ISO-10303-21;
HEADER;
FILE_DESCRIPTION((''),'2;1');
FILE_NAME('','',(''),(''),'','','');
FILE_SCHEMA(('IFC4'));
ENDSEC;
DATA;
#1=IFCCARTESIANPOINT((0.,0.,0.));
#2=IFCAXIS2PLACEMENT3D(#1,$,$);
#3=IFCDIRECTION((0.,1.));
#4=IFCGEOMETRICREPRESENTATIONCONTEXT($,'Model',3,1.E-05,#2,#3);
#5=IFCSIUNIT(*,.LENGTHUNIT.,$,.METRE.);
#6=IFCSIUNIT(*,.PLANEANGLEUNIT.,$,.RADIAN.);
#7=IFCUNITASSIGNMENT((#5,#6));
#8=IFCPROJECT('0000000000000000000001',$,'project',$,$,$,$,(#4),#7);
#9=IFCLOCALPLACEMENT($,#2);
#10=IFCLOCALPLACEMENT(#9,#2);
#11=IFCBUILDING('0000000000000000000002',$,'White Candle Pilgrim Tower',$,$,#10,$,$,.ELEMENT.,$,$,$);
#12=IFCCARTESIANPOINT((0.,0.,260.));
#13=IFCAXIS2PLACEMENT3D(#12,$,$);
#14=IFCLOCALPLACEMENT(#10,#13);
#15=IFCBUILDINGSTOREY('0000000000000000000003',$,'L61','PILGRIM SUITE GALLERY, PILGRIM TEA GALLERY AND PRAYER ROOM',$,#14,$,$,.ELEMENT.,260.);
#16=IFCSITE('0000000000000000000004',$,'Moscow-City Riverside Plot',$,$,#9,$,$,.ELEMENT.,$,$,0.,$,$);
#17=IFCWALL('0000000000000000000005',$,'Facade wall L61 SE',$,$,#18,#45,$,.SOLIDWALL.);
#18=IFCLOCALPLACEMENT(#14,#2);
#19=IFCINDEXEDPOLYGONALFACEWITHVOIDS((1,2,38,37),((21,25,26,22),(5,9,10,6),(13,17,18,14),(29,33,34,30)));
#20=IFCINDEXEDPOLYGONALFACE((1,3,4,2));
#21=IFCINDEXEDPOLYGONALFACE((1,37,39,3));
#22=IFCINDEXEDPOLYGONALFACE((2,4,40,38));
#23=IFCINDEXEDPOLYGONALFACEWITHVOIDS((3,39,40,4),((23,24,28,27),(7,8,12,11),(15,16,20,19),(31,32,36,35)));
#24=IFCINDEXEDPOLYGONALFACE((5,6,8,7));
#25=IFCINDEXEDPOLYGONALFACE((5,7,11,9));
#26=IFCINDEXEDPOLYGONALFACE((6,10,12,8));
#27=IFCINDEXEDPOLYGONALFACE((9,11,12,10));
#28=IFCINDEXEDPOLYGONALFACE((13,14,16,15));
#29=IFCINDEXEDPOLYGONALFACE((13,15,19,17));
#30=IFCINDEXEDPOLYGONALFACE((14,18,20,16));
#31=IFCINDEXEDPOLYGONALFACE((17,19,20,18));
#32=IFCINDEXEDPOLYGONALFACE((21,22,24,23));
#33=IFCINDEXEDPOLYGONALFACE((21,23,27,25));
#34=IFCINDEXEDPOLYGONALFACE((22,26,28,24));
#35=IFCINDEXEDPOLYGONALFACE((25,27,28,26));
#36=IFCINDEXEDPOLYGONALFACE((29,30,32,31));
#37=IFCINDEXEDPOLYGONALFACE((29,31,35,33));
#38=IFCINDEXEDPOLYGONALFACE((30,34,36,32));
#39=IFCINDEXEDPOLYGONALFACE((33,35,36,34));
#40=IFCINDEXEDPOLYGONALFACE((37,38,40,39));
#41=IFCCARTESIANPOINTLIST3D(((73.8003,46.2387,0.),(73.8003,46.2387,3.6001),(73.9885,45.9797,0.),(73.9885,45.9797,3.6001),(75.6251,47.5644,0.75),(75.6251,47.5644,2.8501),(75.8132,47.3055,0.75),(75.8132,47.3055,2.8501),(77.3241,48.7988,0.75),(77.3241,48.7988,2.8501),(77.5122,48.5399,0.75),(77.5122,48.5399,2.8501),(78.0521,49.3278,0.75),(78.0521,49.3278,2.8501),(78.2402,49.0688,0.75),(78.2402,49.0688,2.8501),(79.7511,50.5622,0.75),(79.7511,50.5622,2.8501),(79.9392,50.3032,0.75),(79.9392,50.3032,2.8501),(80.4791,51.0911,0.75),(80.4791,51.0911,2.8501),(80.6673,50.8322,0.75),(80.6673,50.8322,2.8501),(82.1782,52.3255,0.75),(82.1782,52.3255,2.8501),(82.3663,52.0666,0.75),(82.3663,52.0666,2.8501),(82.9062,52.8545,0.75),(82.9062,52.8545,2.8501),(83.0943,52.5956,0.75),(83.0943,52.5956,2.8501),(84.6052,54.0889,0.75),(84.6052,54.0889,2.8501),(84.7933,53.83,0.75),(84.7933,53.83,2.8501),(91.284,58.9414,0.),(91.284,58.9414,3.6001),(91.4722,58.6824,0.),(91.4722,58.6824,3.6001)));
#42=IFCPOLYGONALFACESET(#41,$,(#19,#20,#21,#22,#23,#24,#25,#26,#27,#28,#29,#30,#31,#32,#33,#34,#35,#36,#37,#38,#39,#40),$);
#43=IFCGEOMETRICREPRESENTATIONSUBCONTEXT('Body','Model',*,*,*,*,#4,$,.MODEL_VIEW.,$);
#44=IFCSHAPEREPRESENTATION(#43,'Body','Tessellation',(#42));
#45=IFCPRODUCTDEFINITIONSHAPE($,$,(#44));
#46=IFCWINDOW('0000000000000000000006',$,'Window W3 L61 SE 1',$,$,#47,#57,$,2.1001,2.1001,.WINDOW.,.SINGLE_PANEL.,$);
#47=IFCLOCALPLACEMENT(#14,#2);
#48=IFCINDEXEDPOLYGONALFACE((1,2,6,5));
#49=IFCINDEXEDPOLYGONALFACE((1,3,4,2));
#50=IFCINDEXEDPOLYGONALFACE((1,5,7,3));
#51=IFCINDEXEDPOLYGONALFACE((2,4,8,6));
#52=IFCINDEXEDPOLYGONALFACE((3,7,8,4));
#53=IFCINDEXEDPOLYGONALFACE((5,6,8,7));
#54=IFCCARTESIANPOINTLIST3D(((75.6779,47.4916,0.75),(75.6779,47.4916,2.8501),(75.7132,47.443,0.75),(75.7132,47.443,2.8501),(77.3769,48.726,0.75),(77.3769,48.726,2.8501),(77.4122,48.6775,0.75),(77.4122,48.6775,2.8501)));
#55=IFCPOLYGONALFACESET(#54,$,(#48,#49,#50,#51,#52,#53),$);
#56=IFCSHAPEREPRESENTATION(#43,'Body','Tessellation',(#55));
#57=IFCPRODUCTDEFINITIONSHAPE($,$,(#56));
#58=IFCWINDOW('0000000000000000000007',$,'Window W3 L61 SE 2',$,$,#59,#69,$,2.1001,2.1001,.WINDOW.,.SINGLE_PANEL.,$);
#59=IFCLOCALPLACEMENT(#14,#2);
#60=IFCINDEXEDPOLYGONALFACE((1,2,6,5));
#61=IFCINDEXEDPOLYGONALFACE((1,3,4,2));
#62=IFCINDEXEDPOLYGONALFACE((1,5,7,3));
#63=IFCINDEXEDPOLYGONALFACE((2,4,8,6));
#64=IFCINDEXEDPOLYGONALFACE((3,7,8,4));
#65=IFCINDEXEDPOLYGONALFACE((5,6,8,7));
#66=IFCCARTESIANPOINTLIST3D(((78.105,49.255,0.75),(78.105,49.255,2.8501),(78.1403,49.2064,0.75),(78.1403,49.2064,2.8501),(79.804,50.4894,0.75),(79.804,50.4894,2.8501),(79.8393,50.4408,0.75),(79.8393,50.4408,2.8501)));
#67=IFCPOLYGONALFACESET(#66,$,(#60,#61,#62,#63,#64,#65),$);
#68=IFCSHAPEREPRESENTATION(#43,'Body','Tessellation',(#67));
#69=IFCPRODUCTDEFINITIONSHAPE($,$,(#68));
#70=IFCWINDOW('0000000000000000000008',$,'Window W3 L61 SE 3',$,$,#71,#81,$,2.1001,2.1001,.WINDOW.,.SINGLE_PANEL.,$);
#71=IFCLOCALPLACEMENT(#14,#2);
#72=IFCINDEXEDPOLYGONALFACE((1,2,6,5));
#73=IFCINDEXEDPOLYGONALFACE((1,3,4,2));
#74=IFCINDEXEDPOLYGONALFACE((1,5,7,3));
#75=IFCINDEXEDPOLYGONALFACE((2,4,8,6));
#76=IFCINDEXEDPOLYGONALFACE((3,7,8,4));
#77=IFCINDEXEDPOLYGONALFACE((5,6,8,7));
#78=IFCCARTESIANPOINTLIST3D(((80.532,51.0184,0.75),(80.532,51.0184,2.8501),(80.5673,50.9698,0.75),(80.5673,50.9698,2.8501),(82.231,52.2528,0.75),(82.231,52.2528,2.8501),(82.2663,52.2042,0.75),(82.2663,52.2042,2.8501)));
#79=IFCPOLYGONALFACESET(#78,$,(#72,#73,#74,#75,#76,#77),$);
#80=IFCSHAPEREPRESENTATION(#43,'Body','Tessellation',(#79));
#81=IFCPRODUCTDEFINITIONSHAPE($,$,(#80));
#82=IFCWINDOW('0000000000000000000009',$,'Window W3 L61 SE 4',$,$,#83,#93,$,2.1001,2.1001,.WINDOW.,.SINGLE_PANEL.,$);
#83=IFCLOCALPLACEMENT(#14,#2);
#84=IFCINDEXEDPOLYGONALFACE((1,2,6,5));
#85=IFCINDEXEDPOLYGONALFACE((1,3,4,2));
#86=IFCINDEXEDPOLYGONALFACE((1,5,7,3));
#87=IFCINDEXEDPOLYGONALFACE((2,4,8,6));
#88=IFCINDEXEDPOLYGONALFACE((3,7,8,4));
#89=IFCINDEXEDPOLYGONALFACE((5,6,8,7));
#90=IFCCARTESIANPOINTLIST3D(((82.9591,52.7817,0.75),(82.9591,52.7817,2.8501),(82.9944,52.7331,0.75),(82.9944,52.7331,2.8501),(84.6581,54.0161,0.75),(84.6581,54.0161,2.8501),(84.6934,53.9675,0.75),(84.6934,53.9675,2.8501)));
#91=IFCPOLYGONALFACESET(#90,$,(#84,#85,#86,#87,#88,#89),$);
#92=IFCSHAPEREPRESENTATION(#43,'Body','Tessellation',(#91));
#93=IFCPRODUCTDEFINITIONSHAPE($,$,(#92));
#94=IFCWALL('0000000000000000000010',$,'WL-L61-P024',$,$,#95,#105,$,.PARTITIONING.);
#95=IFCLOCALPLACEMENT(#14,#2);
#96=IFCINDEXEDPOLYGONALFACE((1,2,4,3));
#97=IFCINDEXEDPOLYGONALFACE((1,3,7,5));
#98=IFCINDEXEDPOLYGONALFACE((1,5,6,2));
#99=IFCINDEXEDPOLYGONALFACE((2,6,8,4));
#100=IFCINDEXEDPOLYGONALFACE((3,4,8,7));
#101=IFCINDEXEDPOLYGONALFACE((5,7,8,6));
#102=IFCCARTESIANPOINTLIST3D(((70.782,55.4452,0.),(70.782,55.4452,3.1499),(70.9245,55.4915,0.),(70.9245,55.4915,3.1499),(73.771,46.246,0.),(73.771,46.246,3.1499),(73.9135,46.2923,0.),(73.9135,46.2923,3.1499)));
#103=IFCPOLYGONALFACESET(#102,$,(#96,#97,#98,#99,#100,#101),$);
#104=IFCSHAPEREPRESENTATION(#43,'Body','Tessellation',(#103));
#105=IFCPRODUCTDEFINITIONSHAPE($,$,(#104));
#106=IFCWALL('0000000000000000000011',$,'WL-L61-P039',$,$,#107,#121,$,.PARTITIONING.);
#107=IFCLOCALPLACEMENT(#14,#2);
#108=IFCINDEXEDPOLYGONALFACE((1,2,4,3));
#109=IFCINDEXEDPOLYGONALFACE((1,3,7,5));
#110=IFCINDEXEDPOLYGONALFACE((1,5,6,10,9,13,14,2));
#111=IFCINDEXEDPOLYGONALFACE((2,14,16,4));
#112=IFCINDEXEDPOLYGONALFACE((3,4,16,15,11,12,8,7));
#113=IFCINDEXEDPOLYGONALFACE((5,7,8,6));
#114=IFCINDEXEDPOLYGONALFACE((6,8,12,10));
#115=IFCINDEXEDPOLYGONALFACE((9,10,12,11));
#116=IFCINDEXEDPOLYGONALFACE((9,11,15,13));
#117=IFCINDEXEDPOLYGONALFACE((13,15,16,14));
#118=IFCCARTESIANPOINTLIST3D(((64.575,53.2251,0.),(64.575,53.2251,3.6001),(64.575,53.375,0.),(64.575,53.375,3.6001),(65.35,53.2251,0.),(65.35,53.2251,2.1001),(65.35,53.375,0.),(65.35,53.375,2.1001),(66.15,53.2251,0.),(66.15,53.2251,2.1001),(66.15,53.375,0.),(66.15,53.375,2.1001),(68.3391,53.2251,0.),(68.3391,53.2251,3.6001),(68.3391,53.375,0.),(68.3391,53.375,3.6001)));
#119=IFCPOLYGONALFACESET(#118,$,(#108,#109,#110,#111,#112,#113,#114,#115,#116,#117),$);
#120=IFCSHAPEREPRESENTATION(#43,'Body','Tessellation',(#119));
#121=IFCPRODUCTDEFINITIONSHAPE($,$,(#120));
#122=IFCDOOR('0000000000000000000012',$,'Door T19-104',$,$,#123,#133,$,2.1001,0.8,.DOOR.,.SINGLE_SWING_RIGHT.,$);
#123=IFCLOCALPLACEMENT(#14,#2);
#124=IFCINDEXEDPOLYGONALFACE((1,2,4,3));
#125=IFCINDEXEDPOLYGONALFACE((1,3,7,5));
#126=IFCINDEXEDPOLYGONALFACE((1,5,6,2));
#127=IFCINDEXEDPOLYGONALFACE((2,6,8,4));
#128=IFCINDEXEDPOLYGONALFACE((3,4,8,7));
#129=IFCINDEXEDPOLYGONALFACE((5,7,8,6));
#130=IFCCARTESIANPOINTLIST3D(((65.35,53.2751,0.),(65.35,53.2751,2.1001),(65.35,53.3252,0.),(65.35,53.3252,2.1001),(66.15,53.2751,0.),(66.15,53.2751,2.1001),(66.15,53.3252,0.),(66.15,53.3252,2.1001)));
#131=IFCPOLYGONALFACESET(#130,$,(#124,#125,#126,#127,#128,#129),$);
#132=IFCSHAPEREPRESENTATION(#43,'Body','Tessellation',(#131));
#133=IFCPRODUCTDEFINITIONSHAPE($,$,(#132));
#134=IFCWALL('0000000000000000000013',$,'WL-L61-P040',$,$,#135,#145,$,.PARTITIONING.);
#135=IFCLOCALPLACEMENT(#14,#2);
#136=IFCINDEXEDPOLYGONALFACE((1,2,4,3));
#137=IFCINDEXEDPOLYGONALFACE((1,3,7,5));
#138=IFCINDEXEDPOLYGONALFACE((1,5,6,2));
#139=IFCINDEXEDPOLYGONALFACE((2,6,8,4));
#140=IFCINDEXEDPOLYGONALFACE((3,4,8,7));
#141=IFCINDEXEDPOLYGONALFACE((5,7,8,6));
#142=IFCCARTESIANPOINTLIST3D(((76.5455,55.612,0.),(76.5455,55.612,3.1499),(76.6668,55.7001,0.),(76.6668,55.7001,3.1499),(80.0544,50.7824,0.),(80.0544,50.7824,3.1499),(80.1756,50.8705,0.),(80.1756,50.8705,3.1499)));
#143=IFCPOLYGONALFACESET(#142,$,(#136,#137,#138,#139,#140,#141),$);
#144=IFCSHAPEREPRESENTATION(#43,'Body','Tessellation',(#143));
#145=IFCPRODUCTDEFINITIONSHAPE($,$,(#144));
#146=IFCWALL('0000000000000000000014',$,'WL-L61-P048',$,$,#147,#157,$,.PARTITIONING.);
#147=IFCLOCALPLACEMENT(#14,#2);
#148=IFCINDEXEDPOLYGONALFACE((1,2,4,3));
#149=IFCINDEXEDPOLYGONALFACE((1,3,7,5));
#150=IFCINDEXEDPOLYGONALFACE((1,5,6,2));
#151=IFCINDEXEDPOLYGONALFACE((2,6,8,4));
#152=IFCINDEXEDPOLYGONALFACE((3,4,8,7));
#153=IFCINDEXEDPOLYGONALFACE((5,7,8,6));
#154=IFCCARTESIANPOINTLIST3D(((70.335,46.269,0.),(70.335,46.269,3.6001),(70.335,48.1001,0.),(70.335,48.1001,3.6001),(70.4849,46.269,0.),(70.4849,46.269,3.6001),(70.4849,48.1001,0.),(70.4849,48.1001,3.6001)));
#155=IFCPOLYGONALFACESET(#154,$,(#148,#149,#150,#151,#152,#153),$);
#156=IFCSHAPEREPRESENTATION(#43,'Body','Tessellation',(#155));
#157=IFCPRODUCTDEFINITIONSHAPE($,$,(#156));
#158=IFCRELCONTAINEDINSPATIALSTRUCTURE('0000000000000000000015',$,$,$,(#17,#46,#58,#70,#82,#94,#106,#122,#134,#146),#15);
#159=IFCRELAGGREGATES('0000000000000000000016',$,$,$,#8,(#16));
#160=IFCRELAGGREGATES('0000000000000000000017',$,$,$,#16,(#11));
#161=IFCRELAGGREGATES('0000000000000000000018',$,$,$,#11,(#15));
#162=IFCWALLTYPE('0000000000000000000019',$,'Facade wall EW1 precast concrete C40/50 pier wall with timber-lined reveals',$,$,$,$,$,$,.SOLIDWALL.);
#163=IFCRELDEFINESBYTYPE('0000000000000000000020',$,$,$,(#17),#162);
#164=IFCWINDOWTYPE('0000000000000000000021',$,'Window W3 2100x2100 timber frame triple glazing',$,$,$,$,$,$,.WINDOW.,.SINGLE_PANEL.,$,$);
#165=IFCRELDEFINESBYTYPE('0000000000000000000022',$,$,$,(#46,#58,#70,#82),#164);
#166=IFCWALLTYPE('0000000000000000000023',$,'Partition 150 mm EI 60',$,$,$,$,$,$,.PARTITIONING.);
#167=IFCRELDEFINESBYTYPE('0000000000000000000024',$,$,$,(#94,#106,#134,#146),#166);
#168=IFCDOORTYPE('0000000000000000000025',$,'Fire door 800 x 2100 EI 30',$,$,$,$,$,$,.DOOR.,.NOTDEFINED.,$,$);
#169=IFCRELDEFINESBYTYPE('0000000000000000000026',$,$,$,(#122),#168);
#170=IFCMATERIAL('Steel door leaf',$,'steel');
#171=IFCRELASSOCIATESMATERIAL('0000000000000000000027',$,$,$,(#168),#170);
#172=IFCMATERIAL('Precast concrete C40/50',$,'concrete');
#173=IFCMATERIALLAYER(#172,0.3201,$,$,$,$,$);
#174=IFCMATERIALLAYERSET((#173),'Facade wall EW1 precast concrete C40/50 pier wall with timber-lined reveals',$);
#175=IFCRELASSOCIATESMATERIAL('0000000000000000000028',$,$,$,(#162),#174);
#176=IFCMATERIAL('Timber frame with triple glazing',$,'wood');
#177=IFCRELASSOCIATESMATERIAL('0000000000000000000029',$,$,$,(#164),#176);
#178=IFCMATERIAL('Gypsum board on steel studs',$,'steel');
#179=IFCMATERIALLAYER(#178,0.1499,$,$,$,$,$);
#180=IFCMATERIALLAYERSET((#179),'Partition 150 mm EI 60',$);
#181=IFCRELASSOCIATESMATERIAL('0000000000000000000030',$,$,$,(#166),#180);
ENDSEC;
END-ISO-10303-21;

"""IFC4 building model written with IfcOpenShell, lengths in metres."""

from ifc_helpers import new_model, si_unit, direction, frame, frame_2d, origin, place, context, subcontext, project, spatial, rectangle, extrude, material, layer, layer_set, type_object, element, fill, save


model = new_model("IFC4")

# Units and contexts
model_context = context("Model", 3, precision=1e-05, world=origin(), true_north=direction((0.0, 1.0)))
body_context = subcontext(model_context, "Body", "Model", "MODEL_VIEW")
ifc_project = project(units=[si_unit("LENGTHUNIT", "METRE"), si_unit("PLANEANGLEUNIT", "RADIAN")], contexts=[model_context])

# Site, building, storey
site_placement = place(None, origin())
site = spatial("IfcSite", under=ifc_project, at=site_placement, Name="Moscow-City Riverside Plot", CompositionType="ELEMENT", RefElevation=0.0)
building_placement = place(site_placement, origin())
building = spatial("IfcBuilding", under=site, at=building_placement, Name="White Candle Pilgrim Tower", CompositionType="ELEMENT")
storey_placement = place(building_placement, frame((0.0, 0.0, 260.0)))
storey = spatial("IfcBuildingStorey", under=building, at=storey_placement, Name="L61", Description="PILGRIM SUITE GALLERY, PILGRIM TEA GALLERY AND PRAYER ROOM", CompositionType="ELEMENT", Elevation=260.0)

# Shared definitions
ifc_material_1 = material(Name="Gypsum board on steel studs", Category="steel")
ifc_material_2 = material(Name="Steel door leaf", Category="steel")
door_type = type_object("IfcDoorType", Name="Fire door 800 x 2100 EI 30", OperationType="NOTDEFINED", PredefinedType="DOOR", material=ifc_material_2)

# Wall, openings, windows
ifc_material_3 = material(Name="Precast concrete C40/50", Category="concrete")
ifc_layer_1 = layer(ifc_material_3, 0.3201)
ifc_layer_set_1 = layer_set([ifc_layer_1], Name="Facade wall EW1 precast concrete C40/50 pier wall with timber-lined reveals")
wall_type_1 = type_object("IfcWallType", Name="Facade wall EW1 precast concrete C40/50 pier wall with timber-lined reveals", PredefinedType="SOLIDWALL", material=ifc_layer_set_1)
wall_1_placement = place(storey_placement, frame((73.8943, 46.1091, 0.0), z_axis=(0.0, 0.0, 1.0), x_axis=(0.809016, 0.587786, 0.0)))
wall_1 = element("IfcWall", 1, at=wall_1_placement, inside=storey, type_object=wall_type_1, Name="Facade wall L61 SE", PredefinedType="SOLIDWALL", context=body_context, shape_type="SweptSolid", body=[
    extrude(rectangle(XDim=21.6111, YDim=0.3201, at=frame_2d((10.8057, 0.0))), origin(), (0.0, 0.0, 1.0), 3.6001),
])
opening_1_placement = place(wall_1_placement, frame((2.2556, 0.0, 0.75)))
opening_1 = element("IfcOpeningElement", 2, at=opening_1_placement, cuts=wall_1, PredefinedType="OPENING", context=body_context, shape_type="SweptSolid", body=[
    extrude(rectangle(XDim=2.1001, YDim=2.1001, at=frame_2d((1.05, 1.05))), frame((0.0, 0.1699, 0.0), z_axis=(0.0, -1.0, 0.0), x_axis=(1.0, 0.0, 0.0)), (0.0, 0.0, 1.0), 0.3401),
])
opening_2_placement = place(wall_1_placement, frame((5.2556, 0.0, 0.75)))
opening_2 = element("IfcOpeningElement", 3, at=opening_2_placement, cuts=wall_1, PredefinedType="OPENING", context=body_context, shape_type="SweptSolid", body=[
    extrude(rectangle(XDim=2.1001, YDim=2.1001, at=frame_2d((1.05, 1.05))), frame((0.0, 0.1699, 0.0), z_axis=(0.0, -1.0, 0.0), x_axis=(1.0, 0.0, 0.0)), (0.0, 0.0, 1.0), 0.3401),
])
opening_3_placement = place(wall_1_placement, frame((8.2556, 0.0, 0.75)))
opening_3 = element("IfcOpeningElement", 4, at=opening_3_placement, cuts=wall_1, PredefinedType="OPENING", context=body_context, shape_type="SweptSolid", body=[
    extrude(rectangle(XDim=2.1001, YDim=2.1001, at=frame_2d((1.05, 1.05))), frame((0.0, 0.1699, 0.0), z_axis=(0.0, -1.0, 0.0), x_axis=(1.0, 0.0, 0.0)), (0.0, 0.0, 1.0), 0.3401),
])
opening_4_placement = place(wall_1_placement, frame((11.2556, 0.0, 0.75)))
opening_4 = element("IfcOpeningElement", 5, at=opening_4_placement, cuts=wall_1, PredefinedType="OPENING", context=body_context, shape_type="SweptSolid", body=[
    extrude(rectangle(XDim=2.1001, YDim=2.1001, at=frame_2d((1.05, 1.05))), frame((0.0, 0.1699, 0.0), z_axis=(0.0, -1.0, 0.0), x_axis=(1.0, 0.0, 0.0)), (0.0, 0.0, 1.0), 0.3401),
])
ifc_material_4 = material(Name="Timber frame with triple glazing", Category="wood")
window_type = type_object("IfcWindowType", Name="Window W3 2100x2100 timber frame triple glazing", PartitioningType="SINGLE_PANEL", PredefinedType="WINDOW", material=ifc_material_4)
window_1_placement = place(opening_1_placement, origin())
window_1 = element("IfcWindow", 6, at=window_1_placement, inside=storey, type_object=window_type, Name="Window W3 L61 SE 1", OverallHeight=2.1001, OverallWidth=2.1001, PartitioningType="SINGLE_PANEL", PredefinedType="WINDOW", context=body_context, shape_type="SweptSolid", body=[
    extrude(rectangle(XDim=2.1001, YDim=2.1001, at=frame_2d((1.05, 1.05))), frame((0.0, 0.0701, 0.0), z_axis=(0.0, -1.0, 0.0), x_axis=(1.0, 0.0, 0.0)), (0.0, 0.0, 1.0), 0.0601),
])
fill(opening_1, window_1)
window_2_placement = place(opening_2_placement, origin())
window_2 = element("IfcWindow", 7, at=window_2_placement, inside=storey, type_object=window_type, Name="Window W3 L61 SE 2", OverallHeight=2.1001, OverallWidth=2.1001, PartitioningType="SINGLE_PANEL", PredefinedType="WINDOW", context=body_context, shape_type="SweptSolid", body=[
    extrude(rectangle(XDim=2.1001, YDim=2.1001, at=frame_2d((1.05, 1.05))), frame((0.0, 0.0701, 0.0), z_axis=(0.0, -1.0, 0.0), x_axis=(1.0, 0.0, 0.0)), (0.0, 0.0, 1.0), 0.0601),
])
fill(opening_2, window_2)
window_3_placement = place(opening_3_placement, origin())
window_3 = element("IfcWindow", 8, at=window_3_placement, inside=storey, type_object=window_type, Name="Window W3 L61 SE 3", OverallHeight=2.1001, OverallWidth=2.1001, PartitioningType="SINGLE_PANEL", PredefinedType="WINDOW", context=body_context, shape_type="SweptSolid", body=[
    extrude(rectangle(XDim=2.1001, YDim=2.1001, at=frame_2d((1.05, 1.05))), frame((0.0, 0.0701, 0.0), z_axis=(0.0, -1.0, 0.0), x_axis=(1.0, 0.0, 0.0)), (0.0, 0.0, 1.0), 0.0601),
])
fill(opening_3, window_3)
window_4_placement = place(opening_4_placement, origin())
window_4 = element("IfcWindow", 9, at=window_4_placement, inside=storey, type_object=window_type, Name="Window W3 L61 SE 4", OverallHeight=2.1001, OverallWidth=2.1001, PartitioningType="SINGLE_PANEL", PredefinedType="WINDOW", context=body_context, shape_type="SweptSolid", body=[
    extrude(rectangle(XDim=2.1001, YDim=2.1001, at=frame_2d((1.05, 1.05))), frame((0.0, 0.0701, 0.0), z_axis=(0.0, -1.0, 0.0), x_axis=(1.0, 0.0, 0.0)), (0.0, 0.0, 1.0), 0.0601),
])
fill(opening_4, window_4)

# Wall
ifc_layer_2 = layer(ifc_material_1, 0.1499)
ifc_layer_set_2 = layer_set([ifc_layer_2], Name="Partition 150 mm EI 60")
wall_type_2 = type_object("IfcWallType", Name="Partition 150 mm EI 60", PredefinedType="PARTITIONING", material=ifc_layer_set_2)
wall_2_placement = place(storey_placement, frame((73.8423, 46.269, 0.0), z_axis=(0.0, 0.0, 1.0), x_axis=(-0.309018, 0.951056, 0.0)))
element("IfcWall", 10, at=wall_2_placement, inside=storey, type_object=wall_type_2, Name="WL-L61-P024", PredefinedType="PARTITIONING", context=body_context, shape_type="SweptSolid", body=[
    extrude(rectangle(XDim=9.6726, YDim=0.1499, at=frame_2d((4.8364, 0.0))), origin(), (0.0, 0.0, 1.0), 3.1499),
])

# Wall, opening, door
wall_3_placement = place(storey_placement, frame((68.3391, 53.3, 0.0), z_axis=(0.0, 0.0, 1.0), x_axis=(-1.0, 0.0, 0.0)))
wall_3 = element("IfcWall", 11, at=wall_3_placement, inside=storey, type_object=wall_type_2, Name="WL-L61-P039", PredefinedType="PARTITIONING", context=body_context, shape_type="SweptSolid", body=[
    extrude(rectangle(XDim=3.7642, YDim=0.1499, at=frame_2d((1.8821, 0.0))), origin(), (0.0, 0.0, 1.0), 3.6001),
])
opening_5_placement = place(wall_3_placement, frame((2.1892, 0.0, 0.0)))
opening_5 = element("IfcOpeningElement", 12, at=opening_5_placement, cuts=wall_3, PredefinedType="OPENING", context=body_context, shape_type="SweptSolid", body=[
    extrude(rectangle(XDim=0.8, YDim=2.1001, at=frame_2d((0.3999, 1.05))), frame((0.0, 0.085, 0.0), z_axis=(0.0, -1.0, 0.0), x_axis=(1.0, 0.0, 0.0)), (0.0, 0.0, 1.0), 0.1699),
])
door_1_placement = place(opening_5_placement, origin())
door_1 = element("IfcDoor", 13, at=door_1_placement, inside=storey, type_object=door_type, Name="Door T19-104", OperationType="SINGLE_SWING_RIGHT", OverallHeight=2.1001, OverallWidth=0.8, PredefinedType="DOOR", context=body_context, shape_type="SweptSolid", body=[
    extrude(rectangle(XDim=0.8, YDim=2.1001, at=frame_2d((0.3999, 1.05))), frame((0.0, 0.0249, 0.0), z_axis=(0.0, -1.0, 0.0), x_axis=(1.0, 0.0, 0.0)), (0.0, 0.0, 1.0), 0.05),
])
fill(opening_5, door_1)

# Walls
wall_4_placement = place(storey_placement, frame((80.115, 50.8264, 0.0), z_axis=(0.0, 0.0, 1.0), x_axis=(-0.587773, 0.809026, 0.0)))
element("IfcWall", 14, at=wall_4_placement, inside=storey, type_object=wall_type_2, Name="WL-L61-P040", PredefinedType="PARTITIONING", context=body_context, shape_type="SweptSolid", body=[
    extrude(rectangle(XDim=5.9697, YDim=0.1499, at=frame_2d((2.9849, 0.0))), origin(), (0.0, 0.0, 1.0), 3.1499),
])
wall_5_placement = place(storey_placement, frame((70.4099, 48.1001, 0.0), z_axis=(0.0, 0.0, 1.0), x_axis=(0.0, -1.0, 0.0)))
element("IfcWall", 15, at=wall_5_placement, inside=storey, type_object=wall_type_2, Name="WL-L61-P048", PredefinedType="PARTITIONING", context=body_context, shape_type="SweptSolid", body=[
    extrude(rectangle(XDim=1.8311, YDim=0.1499, at=frame_2d((0.9155, 0.0))), origin(), (0.0, 0.0, 1.0), 3.6001),
])

save(model, "model.ifc")
